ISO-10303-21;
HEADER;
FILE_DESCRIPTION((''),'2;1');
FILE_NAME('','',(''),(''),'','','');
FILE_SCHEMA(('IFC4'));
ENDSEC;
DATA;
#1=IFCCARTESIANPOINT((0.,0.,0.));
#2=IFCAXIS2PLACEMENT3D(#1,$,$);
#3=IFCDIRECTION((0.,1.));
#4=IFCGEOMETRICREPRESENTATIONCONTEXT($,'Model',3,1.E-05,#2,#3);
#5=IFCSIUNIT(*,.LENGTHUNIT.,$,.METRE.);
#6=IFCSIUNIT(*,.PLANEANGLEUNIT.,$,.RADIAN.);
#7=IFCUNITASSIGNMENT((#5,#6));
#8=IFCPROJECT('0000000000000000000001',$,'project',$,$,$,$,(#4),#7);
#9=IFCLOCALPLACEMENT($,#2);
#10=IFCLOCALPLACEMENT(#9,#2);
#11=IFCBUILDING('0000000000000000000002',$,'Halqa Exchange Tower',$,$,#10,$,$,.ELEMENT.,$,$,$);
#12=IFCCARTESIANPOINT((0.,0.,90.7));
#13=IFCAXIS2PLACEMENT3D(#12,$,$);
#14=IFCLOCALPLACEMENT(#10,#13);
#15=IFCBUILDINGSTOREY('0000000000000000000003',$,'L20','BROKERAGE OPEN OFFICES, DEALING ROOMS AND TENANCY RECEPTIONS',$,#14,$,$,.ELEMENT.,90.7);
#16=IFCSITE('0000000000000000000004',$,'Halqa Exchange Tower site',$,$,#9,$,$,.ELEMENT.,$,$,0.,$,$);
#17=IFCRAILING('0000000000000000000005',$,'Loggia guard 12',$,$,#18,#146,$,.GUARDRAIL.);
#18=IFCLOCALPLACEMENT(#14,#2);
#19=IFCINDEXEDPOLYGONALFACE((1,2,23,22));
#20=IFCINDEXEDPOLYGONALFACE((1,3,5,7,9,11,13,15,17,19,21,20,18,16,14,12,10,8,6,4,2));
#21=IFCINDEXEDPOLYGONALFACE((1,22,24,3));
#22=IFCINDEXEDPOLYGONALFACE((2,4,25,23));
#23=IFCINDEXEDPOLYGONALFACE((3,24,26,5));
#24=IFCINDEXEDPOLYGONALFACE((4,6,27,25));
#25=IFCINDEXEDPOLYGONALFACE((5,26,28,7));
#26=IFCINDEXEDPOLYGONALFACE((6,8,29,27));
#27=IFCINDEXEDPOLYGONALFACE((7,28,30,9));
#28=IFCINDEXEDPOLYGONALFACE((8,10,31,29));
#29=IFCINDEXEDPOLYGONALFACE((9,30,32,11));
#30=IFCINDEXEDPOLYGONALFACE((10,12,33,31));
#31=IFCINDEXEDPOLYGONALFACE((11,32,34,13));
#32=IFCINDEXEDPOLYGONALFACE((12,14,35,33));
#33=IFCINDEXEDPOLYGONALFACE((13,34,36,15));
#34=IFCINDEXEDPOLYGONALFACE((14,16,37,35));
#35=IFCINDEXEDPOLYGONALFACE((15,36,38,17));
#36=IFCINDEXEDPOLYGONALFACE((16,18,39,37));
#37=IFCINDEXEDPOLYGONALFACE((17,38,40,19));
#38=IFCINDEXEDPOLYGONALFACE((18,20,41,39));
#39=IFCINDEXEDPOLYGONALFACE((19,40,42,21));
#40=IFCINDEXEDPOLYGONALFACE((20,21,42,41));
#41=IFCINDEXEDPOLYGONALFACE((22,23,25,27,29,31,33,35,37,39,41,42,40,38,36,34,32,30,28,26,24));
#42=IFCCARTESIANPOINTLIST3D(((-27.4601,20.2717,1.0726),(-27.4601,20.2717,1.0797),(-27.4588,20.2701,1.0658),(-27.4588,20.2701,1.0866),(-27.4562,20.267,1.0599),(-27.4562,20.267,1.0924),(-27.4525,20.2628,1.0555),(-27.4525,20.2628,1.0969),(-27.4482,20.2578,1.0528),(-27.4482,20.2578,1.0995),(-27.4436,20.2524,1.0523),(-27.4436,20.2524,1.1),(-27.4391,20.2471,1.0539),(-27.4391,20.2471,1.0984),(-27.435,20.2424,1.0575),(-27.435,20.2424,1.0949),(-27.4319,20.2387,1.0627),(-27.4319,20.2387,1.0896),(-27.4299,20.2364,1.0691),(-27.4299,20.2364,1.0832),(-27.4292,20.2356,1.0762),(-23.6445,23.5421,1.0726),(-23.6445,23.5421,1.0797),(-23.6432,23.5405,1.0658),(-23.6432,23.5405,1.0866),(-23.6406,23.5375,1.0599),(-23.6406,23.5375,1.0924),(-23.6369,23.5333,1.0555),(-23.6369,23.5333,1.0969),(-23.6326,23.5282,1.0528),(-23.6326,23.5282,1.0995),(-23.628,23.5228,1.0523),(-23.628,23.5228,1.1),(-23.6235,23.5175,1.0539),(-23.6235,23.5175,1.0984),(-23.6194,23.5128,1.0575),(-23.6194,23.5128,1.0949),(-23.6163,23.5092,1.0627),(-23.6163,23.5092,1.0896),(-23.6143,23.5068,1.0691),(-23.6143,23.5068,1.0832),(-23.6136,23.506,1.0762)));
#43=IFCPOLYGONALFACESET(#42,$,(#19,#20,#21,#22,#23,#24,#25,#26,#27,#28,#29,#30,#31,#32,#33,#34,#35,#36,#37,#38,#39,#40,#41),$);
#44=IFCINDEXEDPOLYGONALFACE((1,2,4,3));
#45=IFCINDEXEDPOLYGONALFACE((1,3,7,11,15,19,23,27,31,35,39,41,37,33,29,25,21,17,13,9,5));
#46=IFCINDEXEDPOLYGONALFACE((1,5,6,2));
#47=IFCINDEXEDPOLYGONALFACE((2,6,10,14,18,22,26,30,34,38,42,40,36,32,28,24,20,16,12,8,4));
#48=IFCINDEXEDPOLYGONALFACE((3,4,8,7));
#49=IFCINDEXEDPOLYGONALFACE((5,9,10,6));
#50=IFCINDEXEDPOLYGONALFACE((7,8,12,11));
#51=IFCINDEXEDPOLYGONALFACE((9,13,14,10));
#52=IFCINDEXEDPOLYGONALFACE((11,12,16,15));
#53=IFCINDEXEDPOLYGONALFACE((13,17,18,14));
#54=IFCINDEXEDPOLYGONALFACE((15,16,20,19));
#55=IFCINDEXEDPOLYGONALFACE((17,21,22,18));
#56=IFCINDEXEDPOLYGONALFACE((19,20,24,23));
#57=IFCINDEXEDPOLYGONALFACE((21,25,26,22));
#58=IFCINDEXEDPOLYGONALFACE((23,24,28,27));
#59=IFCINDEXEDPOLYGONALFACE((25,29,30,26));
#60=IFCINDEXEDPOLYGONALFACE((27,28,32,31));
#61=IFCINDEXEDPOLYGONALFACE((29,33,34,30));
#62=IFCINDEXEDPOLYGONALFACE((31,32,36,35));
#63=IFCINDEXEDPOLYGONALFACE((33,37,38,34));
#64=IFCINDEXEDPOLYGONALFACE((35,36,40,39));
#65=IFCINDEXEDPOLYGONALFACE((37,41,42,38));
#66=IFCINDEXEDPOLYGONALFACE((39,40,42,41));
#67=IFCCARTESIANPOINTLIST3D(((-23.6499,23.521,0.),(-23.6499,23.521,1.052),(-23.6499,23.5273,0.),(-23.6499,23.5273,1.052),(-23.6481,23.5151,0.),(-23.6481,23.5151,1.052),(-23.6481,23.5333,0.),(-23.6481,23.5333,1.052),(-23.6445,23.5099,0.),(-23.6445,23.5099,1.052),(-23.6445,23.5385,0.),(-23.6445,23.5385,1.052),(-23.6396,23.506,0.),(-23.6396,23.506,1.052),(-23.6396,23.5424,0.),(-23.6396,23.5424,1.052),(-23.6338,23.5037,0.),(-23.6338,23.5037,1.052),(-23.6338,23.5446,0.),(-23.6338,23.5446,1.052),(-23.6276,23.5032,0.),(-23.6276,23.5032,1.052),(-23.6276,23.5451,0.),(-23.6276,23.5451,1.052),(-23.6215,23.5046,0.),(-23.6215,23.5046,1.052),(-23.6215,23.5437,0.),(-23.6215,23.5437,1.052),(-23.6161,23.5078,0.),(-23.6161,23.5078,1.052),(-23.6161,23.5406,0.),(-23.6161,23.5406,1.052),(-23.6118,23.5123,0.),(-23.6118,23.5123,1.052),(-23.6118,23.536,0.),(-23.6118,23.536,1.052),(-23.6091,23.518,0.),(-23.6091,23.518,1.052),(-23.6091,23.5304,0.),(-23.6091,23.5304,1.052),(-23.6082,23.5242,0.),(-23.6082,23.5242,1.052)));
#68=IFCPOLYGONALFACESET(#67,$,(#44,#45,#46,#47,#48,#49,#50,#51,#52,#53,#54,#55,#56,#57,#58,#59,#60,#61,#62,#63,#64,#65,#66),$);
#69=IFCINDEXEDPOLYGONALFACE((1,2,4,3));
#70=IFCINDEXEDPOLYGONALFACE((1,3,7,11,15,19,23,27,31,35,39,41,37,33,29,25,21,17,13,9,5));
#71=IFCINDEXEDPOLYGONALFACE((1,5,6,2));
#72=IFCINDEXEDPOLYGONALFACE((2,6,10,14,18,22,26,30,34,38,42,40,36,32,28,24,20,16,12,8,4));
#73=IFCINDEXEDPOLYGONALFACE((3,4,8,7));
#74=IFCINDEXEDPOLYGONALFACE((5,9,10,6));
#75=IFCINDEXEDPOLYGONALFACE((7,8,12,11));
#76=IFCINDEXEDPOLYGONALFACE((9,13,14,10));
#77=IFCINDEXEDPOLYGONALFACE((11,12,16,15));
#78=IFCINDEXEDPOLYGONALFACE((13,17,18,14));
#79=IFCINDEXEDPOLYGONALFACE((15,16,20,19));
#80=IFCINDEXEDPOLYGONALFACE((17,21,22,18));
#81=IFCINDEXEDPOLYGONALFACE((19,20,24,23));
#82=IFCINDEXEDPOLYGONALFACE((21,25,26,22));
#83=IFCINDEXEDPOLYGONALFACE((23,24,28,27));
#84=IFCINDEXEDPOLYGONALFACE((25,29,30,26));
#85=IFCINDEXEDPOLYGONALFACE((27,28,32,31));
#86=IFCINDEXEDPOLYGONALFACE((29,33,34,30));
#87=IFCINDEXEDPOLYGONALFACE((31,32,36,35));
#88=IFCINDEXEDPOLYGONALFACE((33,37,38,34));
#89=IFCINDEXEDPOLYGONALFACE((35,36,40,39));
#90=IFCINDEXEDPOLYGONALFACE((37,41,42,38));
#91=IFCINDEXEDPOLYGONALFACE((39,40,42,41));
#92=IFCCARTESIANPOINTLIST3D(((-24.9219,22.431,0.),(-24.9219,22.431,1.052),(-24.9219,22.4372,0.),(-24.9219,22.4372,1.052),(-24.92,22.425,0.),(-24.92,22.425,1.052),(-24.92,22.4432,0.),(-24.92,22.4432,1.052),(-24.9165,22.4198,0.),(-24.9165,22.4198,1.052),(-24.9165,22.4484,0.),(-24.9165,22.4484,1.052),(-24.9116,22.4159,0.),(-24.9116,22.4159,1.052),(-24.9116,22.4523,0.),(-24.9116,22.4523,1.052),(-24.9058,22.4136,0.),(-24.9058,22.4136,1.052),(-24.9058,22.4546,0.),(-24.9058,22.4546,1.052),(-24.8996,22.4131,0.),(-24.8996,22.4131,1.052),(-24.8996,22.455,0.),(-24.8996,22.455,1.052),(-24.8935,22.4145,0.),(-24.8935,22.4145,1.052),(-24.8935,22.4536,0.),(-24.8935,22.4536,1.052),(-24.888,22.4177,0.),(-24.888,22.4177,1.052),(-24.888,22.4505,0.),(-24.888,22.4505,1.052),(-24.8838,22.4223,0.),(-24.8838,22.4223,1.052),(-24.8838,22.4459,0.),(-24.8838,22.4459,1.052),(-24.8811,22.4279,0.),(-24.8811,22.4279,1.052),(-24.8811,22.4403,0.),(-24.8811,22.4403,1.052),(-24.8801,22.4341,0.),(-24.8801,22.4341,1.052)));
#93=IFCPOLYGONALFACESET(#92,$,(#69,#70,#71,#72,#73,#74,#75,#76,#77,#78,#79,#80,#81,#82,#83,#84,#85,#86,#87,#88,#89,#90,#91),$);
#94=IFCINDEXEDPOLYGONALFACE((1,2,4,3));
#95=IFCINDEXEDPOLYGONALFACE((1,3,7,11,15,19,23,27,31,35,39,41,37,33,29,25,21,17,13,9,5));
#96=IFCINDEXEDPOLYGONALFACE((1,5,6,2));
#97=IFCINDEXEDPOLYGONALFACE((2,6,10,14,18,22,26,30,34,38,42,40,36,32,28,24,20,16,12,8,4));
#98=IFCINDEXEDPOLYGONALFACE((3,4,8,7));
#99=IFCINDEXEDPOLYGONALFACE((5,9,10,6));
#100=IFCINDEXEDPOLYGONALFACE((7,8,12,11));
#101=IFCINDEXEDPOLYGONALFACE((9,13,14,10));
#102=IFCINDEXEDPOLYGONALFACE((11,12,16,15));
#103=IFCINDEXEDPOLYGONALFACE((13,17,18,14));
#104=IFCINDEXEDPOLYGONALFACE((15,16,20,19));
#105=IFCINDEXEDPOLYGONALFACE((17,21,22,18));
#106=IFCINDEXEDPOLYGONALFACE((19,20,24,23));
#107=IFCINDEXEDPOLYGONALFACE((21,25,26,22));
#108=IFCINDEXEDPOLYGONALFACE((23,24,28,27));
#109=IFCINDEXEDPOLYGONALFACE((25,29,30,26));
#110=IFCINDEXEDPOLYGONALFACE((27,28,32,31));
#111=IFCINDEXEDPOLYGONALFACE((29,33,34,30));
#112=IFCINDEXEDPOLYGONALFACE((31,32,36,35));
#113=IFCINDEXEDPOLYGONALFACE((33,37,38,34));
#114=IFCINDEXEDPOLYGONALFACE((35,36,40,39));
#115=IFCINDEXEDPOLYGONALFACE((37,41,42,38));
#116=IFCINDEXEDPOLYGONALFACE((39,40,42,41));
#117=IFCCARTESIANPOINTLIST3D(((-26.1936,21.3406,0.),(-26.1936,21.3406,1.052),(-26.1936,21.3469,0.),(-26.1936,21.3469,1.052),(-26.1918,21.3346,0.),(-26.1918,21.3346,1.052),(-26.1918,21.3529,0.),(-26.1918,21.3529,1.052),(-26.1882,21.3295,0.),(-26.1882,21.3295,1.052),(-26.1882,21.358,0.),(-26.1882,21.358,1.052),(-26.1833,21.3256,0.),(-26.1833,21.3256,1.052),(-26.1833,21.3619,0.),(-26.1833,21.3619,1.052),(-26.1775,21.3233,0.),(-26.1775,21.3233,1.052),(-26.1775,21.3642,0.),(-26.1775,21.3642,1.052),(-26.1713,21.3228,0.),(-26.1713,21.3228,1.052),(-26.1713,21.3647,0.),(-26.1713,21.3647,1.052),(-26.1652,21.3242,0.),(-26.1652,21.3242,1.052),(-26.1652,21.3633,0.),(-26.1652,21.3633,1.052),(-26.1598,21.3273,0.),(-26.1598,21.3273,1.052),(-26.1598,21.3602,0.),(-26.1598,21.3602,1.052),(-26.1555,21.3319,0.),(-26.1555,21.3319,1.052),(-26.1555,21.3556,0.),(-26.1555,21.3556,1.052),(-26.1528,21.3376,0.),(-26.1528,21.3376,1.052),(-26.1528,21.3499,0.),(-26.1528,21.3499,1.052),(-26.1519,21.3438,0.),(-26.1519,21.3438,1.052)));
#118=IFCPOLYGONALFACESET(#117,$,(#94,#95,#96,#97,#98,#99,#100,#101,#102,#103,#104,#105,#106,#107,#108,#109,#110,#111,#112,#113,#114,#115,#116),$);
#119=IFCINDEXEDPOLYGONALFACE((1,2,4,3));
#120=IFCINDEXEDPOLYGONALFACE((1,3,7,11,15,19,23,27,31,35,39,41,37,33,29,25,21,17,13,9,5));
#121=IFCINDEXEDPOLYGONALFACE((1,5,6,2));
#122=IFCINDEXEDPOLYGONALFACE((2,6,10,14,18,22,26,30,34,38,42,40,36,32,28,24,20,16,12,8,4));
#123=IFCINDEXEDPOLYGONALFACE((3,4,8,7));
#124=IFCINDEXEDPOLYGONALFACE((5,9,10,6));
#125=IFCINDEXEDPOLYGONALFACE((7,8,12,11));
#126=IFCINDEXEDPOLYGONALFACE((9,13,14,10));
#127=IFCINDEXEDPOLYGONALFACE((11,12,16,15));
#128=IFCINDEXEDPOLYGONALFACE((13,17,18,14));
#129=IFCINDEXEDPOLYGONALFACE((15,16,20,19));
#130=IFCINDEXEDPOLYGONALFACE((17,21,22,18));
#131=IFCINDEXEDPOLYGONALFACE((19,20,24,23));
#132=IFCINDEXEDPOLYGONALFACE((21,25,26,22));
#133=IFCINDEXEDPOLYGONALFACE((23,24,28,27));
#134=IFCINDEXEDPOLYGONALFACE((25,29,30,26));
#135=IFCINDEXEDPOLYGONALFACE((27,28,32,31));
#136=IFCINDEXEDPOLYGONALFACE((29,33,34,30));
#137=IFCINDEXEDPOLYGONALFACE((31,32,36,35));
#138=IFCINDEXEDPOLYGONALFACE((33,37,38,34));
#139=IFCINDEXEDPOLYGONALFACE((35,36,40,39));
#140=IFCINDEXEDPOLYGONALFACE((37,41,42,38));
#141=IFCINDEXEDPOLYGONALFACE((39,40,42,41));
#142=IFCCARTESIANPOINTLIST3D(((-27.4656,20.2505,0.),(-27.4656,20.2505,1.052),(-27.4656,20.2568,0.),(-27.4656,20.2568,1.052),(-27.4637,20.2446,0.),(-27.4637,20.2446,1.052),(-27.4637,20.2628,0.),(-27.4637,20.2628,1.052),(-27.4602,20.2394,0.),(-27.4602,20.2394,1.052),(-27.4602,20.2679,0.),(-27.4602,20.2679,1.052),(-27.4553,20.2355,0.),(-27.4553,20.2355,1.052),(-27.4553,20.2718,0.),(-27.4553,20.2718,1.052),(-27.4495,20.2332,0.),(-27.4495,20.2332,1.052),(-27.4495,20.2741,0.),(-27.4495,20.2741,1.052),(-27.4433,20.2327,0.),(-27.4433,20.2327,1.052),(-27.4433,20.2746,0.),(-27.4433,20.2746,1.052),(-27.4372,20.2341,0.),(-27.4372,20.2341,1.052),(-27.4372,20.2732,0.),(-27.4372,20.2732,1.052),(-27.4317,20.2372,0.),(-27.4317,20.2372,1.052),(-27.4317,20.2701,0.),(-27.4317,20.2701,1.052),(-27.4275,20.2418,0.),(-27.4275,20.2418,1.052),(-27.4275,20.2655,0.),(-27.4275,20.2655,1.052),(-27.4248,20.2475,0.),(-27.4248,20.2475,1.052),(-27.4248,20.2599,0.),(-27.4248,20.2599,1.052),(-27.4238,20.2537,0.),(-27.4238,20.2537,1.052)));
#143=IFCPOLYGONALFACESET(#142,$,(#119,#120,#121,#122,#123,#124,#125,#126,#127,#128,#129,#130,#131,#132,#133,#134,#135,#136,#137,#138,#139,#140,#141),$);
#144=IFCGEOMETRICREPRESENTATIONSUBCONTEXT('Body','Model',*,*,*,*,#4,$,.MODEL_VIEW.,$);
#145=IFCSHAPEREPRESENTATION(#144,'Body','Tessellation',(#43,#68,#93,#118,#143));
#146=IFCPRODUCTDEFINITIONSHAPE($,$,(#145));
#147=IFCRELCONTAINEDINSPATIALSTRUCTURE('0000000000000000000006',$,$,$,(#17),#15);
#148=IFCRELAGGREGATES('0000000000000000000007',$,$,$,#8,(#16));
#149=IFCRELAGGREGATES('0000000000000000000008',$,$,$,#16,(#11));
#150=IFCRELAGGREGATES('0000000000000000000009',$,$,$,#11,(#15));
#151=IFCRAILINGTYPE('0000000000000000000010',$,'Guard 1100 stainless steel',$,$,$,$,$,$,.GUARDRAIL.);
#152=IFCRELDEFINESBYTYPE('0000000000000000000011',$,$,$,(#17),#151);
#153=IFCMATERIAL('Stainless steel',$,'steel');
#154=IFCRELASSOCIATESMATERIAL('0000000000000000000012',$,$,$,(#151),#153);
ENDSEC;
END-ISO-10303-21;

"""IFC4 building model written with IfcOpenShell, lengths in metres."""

from ifc_helpers import new_model, si_unit, direction, frame, origin, origin_2d, place, context, subcontext, project, spatial, circle, extrude, material, type_object, element, save


model = new_model("IFC4")

# Units and contexts
model_context = context("Model", 3, precision=1e-05, world=origin(), true_north=direction((0.0, 1.0)))
body_context = subcontext(model_context, "Body", "Model", "MODEL_VIEW")
ifc_project = project(units=[si_unit("LENGTHUNIT", "METRE"), si_unit("PLANEANGLEUNIT", "RADIAN")], contexts=[model_context])

# Site, building, storey
site_placement = place(None, origin())
site = spatial("IfcSite", under=ifc_project, at=site_placement, Name="Halqa Exchange Tower site", CompositionType="ELEMENT", RefElevation=0.0)
building_placement = place(site_placement, origin())
building = spatial("IfcBuilding", under=site, at=building_placement, Name="Halqa Exchange Tower", CompositionType="ELEMENT")
storey_placement = place(building_placement, frame((0.0, 0.0, 90.7)))
storey = spatial("IfcBuildingStorey", under=building, at=storey_placement, Name="L20", Description="BROKERAGE OPEN OFFICES, DEALING ROOMS AND TENANCY RECEPTIONS", CompositionType="ELEMENT", Elevation=90.7)

# Railing
ifc_material_1 = material(Name="Stainless steel", Category="steel")
railing_type = type_object("IfcRailingType", Name="Guard 1100 stainless steel", PredefinedType="GUARDRAIL", material=ifc_material_1)
railing_1_placement = place(storey_placement, frame((-23.6292, 23.5242, 0.0)))
element("IfcRailing", 1, at=railing_1_placement, inside=storey, type_object=railing_type, Name="Loggia guard 12", PredefinedType="GUARDRAIL", context=body_context, shape_type="SweptSolid", body=[
    extrude(circle(Radius=0.0239, at=origin_2d()), frame((0.0, 0.0, 1.0762), z_axis=(-0.759263, -0.650783, 0.0), x_axis=(0.650783, -0.759263, 0.0)), (0.0, 0.0, 1.0), 5.0254),
    extrude(circle(Radius=0.021, at=origin_2d()), origin(), (0.0, 0.0, 1.0), 1.052),
    extrude(circle(Radius=0.021, at=origin_2d()), frame((-1.272, -1.0901, 0.0)), (0.0, 0.0, 1.0), 1.052),
    extrude(circle(Radius=0.021, at=origin_2d()), frame((-2.5437, -2.1804, 0.0)), (0.0, 0.0, 1.0), 1.052),
    extrude(circle(Radius=0.021, at=origin_2d()), frame((-3.8157, -3.2705, 0.0)), (0.0, 0.0, 1.0), 1.052),
])

save(model, "model.ifc")
